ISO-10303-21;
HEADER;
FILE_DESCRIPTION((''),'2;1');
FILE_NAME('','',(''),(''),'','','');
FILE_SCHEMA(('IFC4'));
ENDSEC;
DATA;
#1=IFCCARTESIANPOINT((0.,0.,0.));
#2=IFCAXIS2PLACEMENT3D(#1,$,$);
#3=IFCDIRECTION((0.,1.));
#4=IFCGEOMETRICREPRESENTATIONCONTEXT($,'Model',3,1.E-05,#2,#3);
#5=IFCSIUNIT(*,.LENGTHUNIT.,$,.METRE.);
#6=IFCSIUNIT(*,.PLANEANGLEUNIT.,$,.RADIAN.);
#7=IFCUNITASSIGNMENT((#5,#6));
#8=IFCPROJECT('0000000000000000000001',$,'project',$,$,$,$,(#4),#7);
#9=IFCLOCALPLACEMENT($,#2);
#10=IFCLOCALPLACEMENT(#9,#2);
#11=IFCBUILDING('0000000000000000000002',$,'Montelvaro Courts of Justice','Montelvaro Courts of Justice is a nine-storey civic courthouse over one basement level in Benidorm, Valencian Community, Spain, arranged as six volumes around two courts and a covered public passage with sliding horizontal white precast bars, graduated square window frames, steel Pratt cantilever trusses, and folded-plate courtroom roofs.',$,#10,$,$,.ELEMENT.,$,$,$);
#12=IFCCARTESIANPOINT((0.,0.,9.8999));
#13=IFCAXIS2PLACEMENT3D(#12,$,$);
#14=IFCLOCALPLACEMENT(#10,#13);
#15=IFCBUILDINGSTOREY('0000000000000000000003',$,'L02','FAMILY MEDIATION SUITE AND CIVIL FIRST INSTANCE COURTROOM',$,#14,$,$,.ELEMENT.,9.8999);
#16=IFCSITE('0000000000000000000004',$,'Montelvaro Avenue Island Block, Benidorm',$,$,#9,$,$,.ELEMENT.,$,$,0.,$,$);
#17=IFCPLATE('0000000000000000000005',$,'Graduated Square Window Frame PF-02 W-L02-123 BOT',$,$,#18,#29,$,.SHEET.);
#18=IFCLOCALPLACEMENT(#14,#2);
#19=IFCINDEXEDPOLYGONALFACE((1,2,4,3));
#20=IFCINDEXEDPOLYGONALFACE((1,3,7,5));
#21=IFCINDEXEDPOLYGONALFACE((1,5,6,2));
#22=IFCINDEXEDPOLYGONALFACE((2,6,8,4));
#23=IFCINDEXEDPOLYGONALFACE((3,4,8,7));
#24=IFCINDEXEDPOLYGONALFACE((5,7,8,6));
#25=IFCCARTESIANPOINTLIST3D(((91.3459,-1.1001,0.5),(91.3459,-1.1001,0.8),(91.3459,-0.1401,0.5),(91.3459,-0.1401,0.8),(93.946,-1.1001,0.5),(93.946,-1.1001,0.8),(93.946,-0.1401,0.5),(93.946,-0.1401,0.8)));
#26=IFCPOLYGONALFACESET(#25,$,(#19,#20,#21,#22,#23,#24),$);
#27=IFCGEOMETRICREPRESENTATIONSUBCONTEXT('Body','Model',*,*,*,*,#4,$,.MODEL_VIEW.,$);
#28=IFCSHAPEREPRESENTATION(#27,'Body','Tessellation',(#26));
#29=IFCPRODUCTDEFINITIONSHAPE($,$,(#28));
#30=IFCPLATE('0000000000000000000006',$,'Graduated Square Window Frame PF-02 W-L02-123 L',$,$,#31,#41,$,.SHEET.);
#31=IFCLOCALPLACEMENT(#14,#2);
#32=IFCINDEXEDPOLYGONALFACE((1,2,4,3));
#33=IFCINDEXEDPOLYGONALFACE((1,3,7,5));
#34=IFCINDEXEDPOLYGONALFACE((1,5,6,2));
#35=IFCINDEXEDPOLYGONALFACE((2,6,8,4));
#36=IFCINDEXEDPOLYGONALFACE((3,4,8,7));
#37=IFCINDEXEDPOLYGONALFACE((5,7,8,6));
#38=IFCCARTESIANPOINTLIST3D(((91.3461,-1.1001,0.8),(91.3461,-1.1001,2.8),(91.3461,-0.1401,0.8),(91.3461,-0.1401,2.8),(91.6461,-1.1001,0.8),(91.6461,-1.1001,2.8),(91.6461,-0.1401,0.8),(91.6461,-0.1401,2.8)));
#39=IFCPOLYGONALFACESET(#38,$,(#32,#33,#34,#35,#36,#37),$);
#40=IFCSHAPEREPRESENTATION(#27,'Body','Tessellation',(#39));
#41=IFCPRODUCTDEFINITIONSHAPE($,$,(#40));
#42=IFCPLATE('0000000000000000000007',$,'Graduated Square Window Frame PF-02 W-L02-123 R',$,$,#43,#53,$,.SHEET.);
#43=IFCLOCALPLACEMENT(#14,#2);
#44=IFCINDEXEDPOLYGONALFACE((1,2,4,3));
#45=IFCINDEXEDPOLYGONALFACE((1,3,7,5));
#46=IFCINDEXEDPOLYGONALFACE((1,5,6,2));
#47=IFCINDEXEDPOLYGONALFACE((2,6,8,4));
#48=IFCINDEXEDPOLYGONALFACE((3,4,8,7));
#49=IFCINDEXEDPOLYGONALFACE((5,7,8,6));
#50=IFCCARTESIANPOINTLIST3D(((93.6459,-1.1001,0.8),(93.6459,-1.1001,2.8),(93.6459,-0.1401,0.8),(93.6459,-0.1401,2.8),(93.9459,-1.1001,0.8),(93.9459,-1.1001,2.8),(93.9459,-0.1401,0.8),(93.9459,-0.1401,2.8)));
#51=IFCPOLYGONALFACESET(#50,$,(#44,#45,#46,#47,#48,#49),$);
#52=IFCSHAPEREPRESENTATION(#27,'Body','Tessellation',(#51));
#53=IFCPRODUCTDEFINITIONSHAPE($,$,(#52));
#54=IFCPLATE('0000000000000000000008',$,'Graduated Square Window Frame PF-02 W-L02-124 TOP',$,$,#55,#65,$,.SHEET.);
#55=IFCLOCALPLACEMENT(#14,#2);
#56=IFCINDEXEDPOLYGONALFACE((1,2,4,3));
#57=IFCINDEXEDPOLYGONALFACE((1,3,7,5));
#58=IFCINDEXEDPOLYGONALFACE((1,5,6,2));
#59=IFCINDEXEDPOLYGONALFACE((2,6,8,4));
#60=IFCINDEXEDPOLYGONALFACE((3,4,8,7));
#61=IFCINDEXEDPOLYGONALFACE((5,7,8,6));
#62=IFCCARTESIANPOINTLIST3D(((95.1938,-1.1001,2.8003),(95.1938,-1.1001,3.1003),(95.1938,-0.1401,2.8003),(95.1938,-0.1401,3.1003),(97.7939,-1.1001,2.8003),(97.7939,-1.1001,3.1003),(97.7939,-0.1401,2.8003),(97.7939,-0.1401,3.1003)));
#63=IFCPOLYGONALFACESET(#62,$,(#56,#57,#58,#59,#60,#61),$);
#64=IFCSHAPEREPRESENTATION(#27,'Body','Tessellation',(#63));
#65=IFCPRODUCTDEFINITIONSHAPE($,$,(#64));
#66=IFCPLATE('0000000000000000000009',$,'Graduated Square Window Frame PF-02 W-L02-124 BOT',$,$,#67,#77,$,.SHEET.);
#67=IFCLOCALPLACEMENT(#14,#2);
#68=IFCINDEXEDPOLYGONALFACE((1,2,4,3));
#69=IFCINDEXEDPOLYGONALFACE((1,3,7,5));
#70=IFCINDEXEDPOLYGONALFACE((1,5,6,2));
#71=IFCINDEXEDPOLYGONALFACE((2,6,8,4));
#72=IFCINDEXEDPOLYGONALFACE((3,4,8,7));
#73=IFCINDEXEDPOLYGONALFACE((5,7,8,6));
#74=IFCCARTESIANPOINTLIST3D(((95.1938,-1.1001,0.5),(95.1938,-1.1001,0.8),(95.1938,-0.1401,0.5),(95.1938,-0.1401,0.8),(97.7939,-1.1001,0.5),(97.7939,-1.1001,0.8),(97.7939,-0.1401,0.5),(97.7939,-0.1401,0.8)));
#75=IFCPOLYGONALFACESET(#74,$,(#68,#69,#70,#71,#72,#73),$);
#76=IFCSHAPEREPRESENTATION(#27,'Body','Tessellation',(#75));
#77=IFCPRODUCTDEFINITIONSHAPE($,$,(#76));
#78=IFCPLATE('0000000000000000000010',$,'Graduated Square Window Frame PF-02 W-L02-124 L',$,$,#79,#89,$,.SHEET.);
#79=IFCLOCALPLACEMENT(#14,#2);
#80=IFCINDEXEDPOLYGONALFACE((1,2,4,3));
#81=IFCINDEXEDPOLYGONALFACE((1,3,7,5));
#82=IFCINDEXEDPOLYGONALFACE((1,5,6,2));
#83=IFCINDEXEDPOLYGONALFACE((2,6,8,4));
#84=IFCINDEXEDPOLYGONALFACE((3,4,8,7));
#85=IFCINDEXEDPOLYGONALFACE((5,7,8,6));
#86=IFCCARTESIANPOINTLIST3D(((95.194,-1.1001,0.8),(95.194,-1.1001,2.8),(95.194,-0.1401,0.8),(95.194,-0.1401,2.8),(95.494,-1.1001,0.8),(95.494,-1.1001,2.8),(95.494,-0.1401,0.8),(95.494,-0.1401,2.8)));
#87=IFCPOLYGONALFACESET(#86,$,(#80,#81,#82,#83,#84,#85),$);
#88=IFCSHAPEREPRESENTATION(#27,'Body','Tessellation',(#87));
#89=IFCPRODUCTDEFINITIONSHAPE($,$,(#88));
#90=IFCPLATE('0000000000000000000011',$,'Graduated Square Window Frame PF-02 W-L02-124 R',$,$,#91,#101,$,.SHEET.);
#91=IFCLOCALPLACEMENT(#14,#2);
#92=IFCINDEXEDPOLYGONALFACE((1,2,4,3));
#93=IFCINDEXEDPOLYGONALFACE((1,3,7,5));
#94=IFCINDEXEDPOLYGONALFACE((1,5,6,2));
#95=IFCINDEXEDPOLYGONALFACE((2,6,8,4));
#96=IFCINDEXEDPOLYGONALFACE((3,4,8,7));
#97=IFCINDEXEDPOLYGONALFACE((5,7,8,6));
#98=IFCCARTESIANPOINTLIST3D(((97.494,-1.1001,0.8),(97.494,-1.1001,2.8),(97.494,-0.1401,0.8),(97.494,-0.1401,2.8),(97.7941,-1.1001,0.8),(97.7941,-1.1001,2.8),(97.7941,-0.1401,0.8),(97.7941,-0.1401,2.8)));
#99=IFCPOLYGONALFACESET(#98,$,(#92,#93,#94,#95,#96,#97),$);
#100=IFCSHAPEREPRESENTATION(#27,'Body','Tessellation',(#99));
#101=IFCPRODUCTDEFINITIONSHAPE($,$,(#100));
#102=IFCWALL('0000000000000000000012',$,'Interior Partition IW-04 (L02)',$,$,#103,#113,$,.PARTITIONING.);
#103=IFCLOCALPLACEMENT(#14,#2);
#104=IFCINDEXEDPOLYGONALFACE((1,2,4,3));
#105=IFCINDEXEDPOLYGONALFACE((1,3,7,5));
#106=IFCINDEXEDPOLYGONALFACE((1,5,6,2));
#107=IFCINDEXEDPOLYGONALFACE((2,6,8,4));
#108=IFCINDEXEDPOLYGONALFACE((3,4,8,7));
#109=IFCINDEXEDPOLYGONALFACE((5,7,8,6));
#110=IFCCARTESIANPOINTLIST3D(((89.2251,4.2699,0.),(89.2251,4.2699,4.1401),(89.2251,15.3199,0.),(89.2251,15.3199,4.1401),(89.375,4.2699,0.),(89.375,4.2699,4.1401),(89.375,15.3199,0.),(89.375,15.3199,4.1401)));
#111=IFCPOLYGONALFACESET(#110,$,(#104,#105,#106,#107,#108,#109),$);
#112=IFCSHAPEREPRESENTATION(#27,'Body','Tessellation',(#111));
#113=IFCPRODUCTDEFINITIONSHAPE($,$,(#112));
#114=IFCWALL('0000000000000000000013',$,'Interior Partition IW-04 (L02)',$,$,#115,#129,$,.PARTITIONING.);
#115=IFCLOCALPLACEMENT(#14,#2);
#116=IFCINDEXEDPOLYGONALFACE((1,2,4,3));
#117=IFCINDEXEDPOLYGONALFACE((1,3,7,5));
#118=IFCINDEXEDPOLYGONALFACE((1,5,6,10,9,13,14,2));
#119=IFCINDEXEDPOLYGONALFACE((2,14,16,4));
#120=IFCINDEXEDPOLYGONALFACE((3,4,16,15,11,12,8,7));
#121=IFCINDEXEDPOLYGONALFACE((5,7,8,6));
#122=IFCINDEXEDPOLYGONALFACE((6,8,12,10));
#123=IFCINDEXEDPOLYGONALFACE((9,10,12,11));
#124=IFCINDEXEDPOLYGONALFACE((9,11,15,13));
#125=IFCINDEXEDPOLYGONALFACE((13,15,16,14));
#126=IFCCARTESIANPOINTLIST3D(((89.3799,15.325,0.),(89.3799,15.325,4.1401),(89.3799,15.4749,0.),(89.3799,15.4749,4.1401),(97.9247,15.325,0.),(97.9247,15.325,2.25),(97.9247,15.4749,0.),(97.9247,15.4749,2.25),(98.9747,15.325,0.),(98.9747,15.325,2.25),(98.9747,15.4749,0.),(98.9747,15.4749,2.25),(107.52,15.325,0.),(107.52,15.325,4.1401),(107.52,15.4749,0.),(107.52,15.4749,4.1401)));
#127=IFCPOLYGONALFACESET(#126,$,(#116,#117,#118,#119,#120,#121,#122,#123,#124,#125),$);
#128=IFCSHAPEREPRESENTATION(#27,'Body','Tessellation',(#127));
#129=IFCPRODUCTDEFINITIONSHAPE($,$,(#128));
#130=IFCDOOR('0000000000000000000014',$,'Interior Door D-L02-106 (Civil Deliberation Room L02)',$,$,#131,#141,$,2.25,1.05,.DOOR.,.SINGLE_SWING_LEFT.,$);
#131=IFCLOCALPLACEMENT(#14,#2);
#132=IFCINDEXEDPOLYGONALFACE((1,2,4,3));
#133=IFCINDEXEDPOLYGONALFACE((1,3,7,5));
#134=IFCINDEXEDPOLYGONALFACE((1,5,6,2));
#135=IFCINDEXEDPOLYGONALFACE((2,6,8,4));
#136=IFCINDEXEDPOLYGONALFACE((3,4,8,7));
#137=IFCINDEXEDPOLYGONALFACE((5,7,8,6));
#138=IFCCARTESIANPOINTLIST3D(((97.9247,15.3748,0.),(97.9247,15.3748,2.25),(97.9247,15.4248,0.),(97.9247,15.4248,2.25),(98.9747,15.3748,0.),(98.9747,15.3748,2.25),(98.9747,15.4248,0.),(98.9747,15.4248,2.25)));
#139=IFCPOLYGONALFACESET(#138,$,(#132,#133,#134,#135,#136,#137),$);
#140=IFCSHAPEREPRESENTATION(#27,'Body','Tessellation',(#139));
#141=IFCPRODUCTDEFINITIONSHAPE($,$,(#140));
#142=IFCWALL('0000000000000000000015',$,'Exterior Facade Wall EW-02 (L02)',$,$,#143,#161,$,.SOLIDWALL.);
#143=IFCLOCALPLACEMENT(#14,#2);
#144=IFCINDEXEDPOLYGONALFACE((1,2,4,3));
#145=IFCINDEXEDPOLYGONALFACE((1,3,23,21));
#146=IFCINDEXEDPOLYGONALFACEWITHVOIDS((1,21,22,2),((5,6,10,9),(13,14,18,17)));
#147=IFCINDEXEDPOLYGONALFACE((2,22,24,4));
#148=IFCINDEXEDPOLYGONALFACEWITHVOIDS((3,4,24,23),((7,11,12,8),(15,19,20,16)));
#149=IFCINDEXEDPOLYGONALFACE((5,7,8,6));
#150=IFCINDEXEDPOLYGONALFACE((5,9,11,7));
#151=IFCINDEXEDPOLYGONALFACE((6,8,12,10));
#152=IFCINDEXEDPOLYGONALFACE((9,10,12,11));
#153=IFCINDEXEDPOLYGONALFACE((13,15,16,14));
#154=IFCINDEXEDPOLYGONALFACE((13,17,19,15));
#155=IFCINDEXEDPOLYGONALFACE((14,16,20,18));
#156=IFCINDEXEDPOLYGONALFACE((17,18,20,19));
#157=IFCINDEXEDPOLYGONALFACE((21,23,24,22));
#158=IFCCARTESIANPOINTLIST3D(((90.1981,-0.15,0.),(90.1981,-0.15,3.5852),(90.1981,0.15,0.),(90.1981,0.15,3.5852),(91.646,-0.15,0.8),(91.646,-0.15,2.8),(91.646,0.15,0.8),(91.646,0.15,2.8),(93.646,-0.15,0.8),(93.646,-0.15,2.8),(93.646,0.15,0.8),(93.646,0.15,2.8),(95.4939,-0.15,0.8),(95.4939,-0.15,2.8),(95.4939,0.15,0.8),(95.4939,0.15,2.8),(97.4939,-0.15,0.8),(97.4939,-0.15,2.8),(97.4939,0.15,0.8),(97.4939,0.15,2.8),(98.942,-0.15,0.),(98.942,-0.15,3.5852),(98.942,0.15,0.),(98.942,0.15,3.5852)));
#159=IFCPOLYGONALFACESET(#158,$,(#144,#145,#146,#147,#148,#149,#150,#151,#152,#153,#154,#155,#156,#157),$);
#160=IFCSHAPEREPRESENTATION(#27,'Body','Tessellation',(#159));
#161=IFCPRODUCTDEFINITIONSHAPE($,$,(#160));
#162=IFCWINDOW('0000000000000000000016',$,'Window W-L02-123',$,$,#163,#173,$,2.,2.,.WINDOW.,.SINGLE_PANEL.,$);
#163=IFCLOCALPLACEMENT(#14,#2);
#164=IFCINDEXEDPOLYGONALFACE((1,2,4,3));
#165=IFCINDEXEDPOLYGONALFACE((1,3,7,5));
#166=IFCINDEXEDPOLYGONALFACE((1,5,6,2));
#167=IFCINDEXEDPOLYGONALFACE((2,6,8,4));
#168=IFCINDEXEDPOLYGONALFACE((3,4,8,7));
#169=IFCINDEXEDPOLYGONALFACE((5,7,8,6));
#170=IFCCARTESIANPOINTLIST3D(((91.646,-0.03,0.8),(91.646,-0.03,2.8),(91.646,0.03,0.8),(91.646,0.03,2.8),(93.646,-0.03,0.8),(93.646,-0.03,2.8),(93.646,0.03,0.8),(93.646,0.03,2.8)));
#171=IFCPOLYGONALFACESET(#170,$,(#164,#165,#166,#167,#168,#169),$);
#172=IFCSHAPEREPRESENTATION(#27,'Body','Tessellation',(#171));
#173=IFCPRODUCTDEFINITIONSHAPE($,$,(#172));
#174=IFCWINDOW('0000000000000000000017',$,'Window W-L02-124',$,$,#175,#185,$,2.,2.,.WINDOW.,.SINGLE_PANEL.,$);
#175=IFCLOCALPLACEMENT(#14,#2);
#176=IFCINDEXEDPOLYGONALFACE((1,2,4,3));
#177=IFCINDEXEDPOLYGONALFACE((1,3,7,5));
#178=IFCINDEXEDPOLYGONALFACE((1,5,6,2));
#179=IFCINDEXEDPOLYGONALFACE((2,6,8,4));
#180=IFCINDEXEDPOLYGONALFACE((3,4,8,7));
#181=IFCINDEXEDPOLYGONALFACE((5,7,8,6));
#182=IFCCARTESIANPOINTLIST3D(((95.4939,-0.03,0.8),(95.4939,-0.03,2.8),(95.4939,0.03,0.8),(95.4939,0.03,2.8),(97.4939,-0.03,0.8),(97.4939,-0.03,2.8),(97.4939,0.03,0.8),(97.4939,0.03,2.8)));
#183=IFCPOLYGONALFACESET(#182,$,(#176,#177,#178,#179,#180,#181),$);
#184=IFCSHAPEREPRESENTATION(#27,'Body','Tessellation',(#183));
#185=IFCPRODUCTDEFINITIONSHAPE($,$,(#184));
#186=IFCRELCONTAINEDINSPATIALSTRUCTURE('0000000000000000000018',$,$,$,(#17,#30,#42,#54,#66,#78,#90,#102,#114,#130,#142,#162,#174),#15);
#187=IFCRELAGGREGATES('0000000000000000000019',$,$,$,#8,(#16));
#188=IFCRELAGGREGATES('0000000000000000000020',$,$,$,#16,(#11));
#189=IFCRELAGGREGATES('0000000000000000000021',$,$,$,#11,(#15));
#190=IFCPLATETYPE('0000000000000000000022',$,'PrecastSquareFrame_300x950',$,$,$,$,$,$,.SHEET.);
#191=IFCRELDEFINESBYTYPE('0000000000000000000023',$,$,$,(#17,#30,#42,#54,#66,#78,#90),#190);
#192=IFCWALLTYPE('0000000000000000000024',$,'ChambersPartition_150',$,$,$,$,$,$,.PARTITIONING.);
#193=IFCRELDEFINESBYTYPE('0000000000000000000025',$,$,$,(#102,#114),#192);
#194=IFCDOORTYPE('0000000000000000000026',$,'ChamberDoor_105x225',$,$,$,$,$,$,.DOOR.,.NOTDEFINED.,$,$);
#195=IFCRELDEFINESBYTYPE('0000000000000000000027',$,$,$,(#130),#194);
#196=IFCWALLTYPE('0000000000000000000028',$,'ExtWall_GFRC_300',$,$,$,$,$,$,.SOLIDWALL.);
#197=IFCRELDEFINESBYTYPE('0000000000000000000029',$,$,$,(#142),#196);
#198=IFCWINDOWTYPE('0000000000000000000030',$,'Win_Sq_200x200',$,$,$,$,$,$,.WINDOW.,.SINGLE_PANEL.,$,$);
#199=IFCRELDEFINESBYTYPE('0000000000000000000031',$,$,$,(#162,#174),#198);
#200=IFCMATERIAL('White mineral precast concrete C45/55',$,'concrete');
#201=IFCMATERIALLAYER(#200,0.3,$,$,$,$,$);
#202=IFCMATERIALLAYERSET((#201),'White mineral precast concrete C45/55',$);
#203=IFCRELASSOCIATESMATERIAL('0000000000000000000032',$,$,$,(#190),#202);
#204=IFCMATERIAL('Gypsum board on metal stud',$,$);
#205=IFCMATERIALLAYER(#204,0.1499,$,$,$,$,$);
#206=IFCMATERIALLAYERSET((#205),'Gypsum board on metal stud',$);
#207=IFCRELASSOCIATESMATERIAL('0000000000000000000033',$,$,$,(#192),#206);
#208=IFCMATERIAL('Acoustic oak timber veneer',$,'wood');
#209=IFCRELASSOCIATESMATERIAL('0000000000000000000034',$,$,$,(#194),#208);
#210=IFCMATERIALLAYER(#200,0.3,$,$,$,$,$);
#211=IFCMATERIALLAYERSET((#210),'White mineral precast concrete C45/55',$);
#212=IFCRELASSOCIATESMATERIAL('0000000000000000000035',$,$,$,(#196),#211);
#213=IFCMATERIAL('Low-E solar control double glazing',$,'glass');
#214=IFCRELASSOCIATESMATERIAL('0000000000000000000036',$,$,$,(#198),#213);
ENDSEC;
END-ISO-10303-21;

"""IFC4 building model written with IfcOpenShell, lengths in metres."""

from ifc_helpers import new_model, si_unit, direction, frame, frame_2d, origin, origin_2d, place, context, subcontext, project, spatial, rectangle, extrude, material, layer, layer_set, type_object, element, fill, save


model = new_model("IFC4")

# Units and contexts
model_context = context("Model", 3, precision=1e-05, world=origin(), true_north=direction((0.0, 1.0)))
body_context = subcontext(model_context, "Body", "Model", "MODEL_VIEW")
ifc_project = project(units=[si_unit("LENGTHUNIT", "METRE"), si_unit("PLANEANGLEUNIT", "RADIAN")], contexts=[model_context])

# Site, building, storey
site_placement = place(None, origin())
site = spatial("IfcSite", under=ifc_project, at=site_placement, Name="Montelvaro Avenue Island Block, Benidorm", CompositionType="ELEMENT", RefElevation=0.0)
building_placement = place(site_placement, origin())
building = spatial("IfcBuilding", under=site, at=building_placement, Name="Montelvaro Courts of Justice", Description="Montelvaro Courts of Justice is a nine-storey civic courthouse over one basement level in Benidorm, Valencian Community, Spain, arranged as six volumes around two courts and a covered public passage with sliding horizontal white precast bars, graduated square window frames, steel Pratt cantilever trusses, and folded-plate courtroom roofs.", CompositionType="ELEMENT")
storey_placement = place(building_placement, frame((0.0, 0.0, 9.8999)))
storey = spatial("IfcBuildingStorey", under=building, at=storey_placement, Name="L02", Description="FAMILY MEDIATION SUITE AND CIVIL FIRST INSTANCE COURTROOM", CompositionType="ELEMENT", Elevation=9.8999)

# Plates
ifc_material_1 = material(Name="White mineral precast concrete C45/55", Category="concrete")
ifc_layer_1 = layer(ifc_material_1, 0.3)
ifc_layer_set_1 = layer_set([ifc_layer_1], Name="White mineral precast concrete C45/55")
plate_type = type_object("IfcPlateType", Name="PrecastSquareFrame_300x950", PredefinedType="SHEET", material=ifc_layer_set_1)
for number, where, z_axis, x_axis, name in (
    (1, (92.646, -0.6201, 0.5), (0.0, 0.0, 1.0), (1.0, 0.0, 0.0), "Graduated Square Window Frame PF-02 W-L02-123 BOT"),
):
    element("IfcPlate", number, at=place(storey_placement, frame(where, z_axis=z_axis, x_axis=x_axis)), inside=storey, type_object=plate_type, Name=name, PredefinedType="SHEET", context=body_context, shape_type="SweptSolid", body=[
        extrude(rectangle(XDim=2.6001, YDim=0.96, at=origin_2d()), origin(), (0.0, 0.0, 1.0), 0.3),
    ])
for number, where, z_axis, x_axis, name in (
    (2, (91.4961, -0.6201, 0.8), (0.0, 0.0, 1.0), (1.0, 0.0, 0.0), "Graduated Square Window Frame PF-02 W-L02-123 L"),
    (3, (93.7959, -0.6201, 0.8), (0.0, 0.0, 1.0), (1.0, 0.0, 0.0), "Graduated Square Window Frame PF-02 W-L02-123 R"),
):
    element("IfcPlate", number, at=place(storey_placement, frame(where, z_axis=z_axis, x_axis=x_axis)), inside=storey, type_object=plate_type, Name=name, PredefinedType="SHEET", context=body_context, shape_type="SweptSolid", body=[
        extrude(rectangle(XDim=0.3, YDim=0.96, at=origin_2d()), origin(), (0.0, 0.0, 1.0), 2.0),
    ])
for number, where, z_axis, x_axis, name in (
    (4, (96.4939, -0.6201, 2.8003), (0.0, 0.0, 1.0), (1.0, 0.0, 0.0), "Graduated Square Window Frame PF-02 W-L02-124 TOP"),
    (5, (96.4939, -0.6201, 0.5), (0.0, 0.0, 1.0), (1.0, 0.0, 0.0), "Graduated Square Window Frame PF-02 W-L02-124 BOT"),
):
    element("IfcPlate", number, at=place(storey_placement, frame(where, z_axis=z_axis, x_axis=x_axis)), inside=storey, type_object=plate_type, Name=name, PredefinedType="SHEET", context=body_context, shape_type="SweptSolid", body=[
        extrude(rectangle(XDim=2.6001, YDim=0.96, at=origin_2d()), origin(), (0.0, 0.0, 1.0), 0.3),
    ])
for number, where, z_axis, x_axis, name in (
    (6, (95.344, -0.6201, 0.8), (0.0, 0.0, 1.0), (1.0, 0.0, 0.0), "Graduated Square Window Frame PF-02 W-L02-124 L"),
    (7, (97.644, -0.6201, 0.8), (0.0, 0.0, 1.0), (1.0, 0.0, 0.0), "Graduated Square Window Frame PF-02 W-L02-124 R"),
):
    element("IfcPlate", number, at=place(storey_placement, frame(where, z_axis=z_axis, x_axis=x_axis)), inside=storey, type_object=plate_type, Name=name, PredefinedType="SHEET", context=body_context, shape_type="SweptSolid", body=[
        extrude(rectangle(XDim=0.3, YDim=0.96, at=origin_2d()), origin(), (0.0, 0.0, 1.0), 2.0),
    ])

# Wall
ifc_material_2 = material(Name="Gypsum board on metal stud")
ifc_layer_2 = layer(ifc_material_2, 0.1499)
ifc_layer_set_2 = layer_set([ifc_layer_2], Name="Gypsum board on metal stud")
wall_type_1 = type_object("IfcWallType", Name="ChambersPartition_150", PredefinedType="PARTITIONING", material=ifc_layer_set_2)
wall_1_placement = place(storey_placement, frame((89.3, 4.27, 0.0), z_axis=(0.0, 0.0, 1.0), x_axis=(0.0, 1.0, 0.0)))
element("IfcWall", 8, at=wall_1_placement, inside=storey, type_object=wall_type_1, Name="Interior Partition IW-04 (L02)", PredefinedType="PARTITIONING", context=body_context, shape_type="SweptSolid", body=[
    extrude(rectangle(XDim=11.05, YDim=0.1499, at=frame_2d((5.5249, 0.0))), origin(), (0.0, 0.0, 1.0), 4.1401),
])

# Wall, opening, door
wall_2_placement = place(storey_placement, frame((89.3799, 15.3999, 0.0), z_axis=(0.0, 0.0, 1.0), x_axis=(1.0, 0.0, 0.0)))
wall_2 = element("IfcWall", 9, at=wall_2_placement, inside=storey, type_object=wall_type_1, Name="Interior Partition IW-04 (L02)", PredefinedType="PARTITIONING", context=body_context, shape_type="SweptSolid", body=[
    extrude(rectangle(XDim=18.1401, YDim=0.1499, at=frame_2d((9.0701, 0.0))), origin(), (0.0, 0.0, 1.0), 4.1401),
])
opening_1_placement = place(wall_2_placement, frame((8.5449, 0.0, 0.0)))
opening_1 = element("IfcOpeningElement", 10, at=opening_1_placement, cuts=wall_2, PredefinedType="OPENING", context=body_context, shape_type="SweptSolid", body=[
    extrude(rectangle(XDim=1.05, YDim=2.25, at=frame_2d((0.5249, 1.125))), frame((0.0, 0.0898, 0.0), z_axis=(0.0, -1.0, 0.0), x_axis=(1.0, 0.0, 0.0)), (0.0, 0.0, 1.0), 0.1797),
])
ifc_material_3 = material(Name="Acoustic oak timber veneer", Category="wood")
door_type = type_object("IfcDoorType", Name="ChamberDoor_105x225", OperationType="NOTDEFINED", PredefinedType="DOOR", material=ifc_material_3)
door_placement = place(opening_1_placement, origin())
door = element("IfcDoor", 11, at=door_placement, inside=storey, type_object=door_type, Name="Interior Door D-L02-106 (Civil Deliberation Room L02)", OperationType="SINGLE_SWING_LEFT", OverallHeight=2.25, OverallWidth=1.05, PredefinedType="DOOR", context=body_context, shape_type="SweptSolid", body=[
    extrude(rectangle(XDim=1.05, YDim=2.25, at=frame_2d((0.5249, 1.125))), frame((0.0, 0.0249, 0.0), z_axis=(0.0, -1.0, 0.0), x_axis=(1.0, 0.0, 0.0)), (0.0, 0.0, 1.0), 0.05),
])
fill(opening_1, door)

# Wall, openings, windows
ifc_layer_3 = layer(ifc_material_1, 0.3)
ifc_layer_set_3 = layer_set([ifc_layer_3], Name="White mineral precast concrete C45/55")
wall_type_2 = type_object("IfcWallType", Name="ExtWall_GFRC_300", PredefinedType="SOLIDWALL", material=ifc_layer_set_3)
wall_3_placement = place(storey_placement, frame((90.198, 0.0, 0.0), z_axis=(0.0, 0.0, 1.0), x_axis=(1.0, 0.0, 0.0)))
wall_3 = element("IfcWall", 12, at=wall_3_placement, inside=storey, type_object=wall_type_2, Name="Exterior Facade Wall EW-02 (L02)", PredefinedType="SOLIDWALL", context=body_context, shape_type="SweptSolid", body=[
    extrude(rectangle(XDim=8.7439, YDim=0.3, at=frame_2d((4.3721, 0.0))), origin(), (0.0, 0.0, 1.0), 3.5852),
])
opening_2_placement = place(wall_3_placement, frame((1.448, 0.0, 0.8)))
opening_2 = element("IfcOpeningElement", 13, at=opening_2_placement, cuts=wall_3, PredefinedType="OPENING", context=body_context, shape_type="SweptSolid", body=[
    extrude(rectangle(XDim=2.0, YDim=2.0, at=frame_2d((1.0, 1.0))), frame((0.0, 0.165, 0.0), z_axis=(0.0, -1.0, 0.0), x_axis=(1.0, 0.0, 0.0)), (0.0, 0.0, 1.0), 0.3298),
])
opening_3_placement = place(wall_3_placement, frame((5.2959, 0.0, 0.8)))
opening_3 = element("IfcOpeningElement", 14, at=opening_3_placement, cuts=wall_3, PredefinedType="OPENING", context=body_context, shape_type="SweptSolid", body=[
    extrude(rectangle(XDim=2.0, YDim=2.0, at=frame_2d((1.0, 1.0))), frame((0.0, 0.165, 0.0), z_axis=(0.0, -1.0, 0.0), x_axis=(1.0, 0.0, 0.0)), (0.0, 0.0, 1.0), 0.3298),
])
ifc_material_4 = material(Name="Low-E solar control double glazing", Category="glass")
window_type = type_object("IfcWindowType", Name="Win_Sq_200x200", PartitioningType="SINGLE_PANEL", PredefinedType="WINDOW", material=ifc_material_4)
window_1_placement = place(opening_2_placement, origin())
window_1 = element("IfcWindow", 15, at=window_1_placement, inside=storey, type_object=window_type, Name="Window W-L02-123", OverallHeight=2.0, OverallWidth=2.0, PartitioningType="SINGLE_PANEL", PredefinedType="WINDOW", context=body_context, shape_type="SweptSolid", body=[
    extrude(rectangle(XDim=2.0, YDim=2.0, at=frame_2d((1.0, 1.0))), frame((0.0, 0.03, 0.0), z_axis=(0.0, -1.0, 0.0), x_axis=(1.0, 0.0, 0.0)), (0.0, 0.0, 1.0), 0.0601),
])
fill(opening_2, window_1)
window_2_placement = place(opening_3_placement, origin())
window_2 = element("IfcWindow", 16, at=window_2_placement, inside=storey, type_object=window_type, Name="Window W-L02-124", OverallHeight=2.0, OverallWidth=2.0, PartitioningType="SINGLE_PANEL", PredefinedType="WINDOW", context=body_context, shape_type="SweptSolid", body=[
    extrude(rectangle(XDim=2.0, YDim=2.0, at=frame_2d((1.0, 1.0))), frame((0.0, 0.03, 0.0), z_axis=(0.0, -1.0, 0.0), x_axis=(1.0, 0.0, 0.0)), (0.0, 0.0, 1.0), 0.0601),
])
fill(opening_3, window_2)

save(model, "model.ifc")
